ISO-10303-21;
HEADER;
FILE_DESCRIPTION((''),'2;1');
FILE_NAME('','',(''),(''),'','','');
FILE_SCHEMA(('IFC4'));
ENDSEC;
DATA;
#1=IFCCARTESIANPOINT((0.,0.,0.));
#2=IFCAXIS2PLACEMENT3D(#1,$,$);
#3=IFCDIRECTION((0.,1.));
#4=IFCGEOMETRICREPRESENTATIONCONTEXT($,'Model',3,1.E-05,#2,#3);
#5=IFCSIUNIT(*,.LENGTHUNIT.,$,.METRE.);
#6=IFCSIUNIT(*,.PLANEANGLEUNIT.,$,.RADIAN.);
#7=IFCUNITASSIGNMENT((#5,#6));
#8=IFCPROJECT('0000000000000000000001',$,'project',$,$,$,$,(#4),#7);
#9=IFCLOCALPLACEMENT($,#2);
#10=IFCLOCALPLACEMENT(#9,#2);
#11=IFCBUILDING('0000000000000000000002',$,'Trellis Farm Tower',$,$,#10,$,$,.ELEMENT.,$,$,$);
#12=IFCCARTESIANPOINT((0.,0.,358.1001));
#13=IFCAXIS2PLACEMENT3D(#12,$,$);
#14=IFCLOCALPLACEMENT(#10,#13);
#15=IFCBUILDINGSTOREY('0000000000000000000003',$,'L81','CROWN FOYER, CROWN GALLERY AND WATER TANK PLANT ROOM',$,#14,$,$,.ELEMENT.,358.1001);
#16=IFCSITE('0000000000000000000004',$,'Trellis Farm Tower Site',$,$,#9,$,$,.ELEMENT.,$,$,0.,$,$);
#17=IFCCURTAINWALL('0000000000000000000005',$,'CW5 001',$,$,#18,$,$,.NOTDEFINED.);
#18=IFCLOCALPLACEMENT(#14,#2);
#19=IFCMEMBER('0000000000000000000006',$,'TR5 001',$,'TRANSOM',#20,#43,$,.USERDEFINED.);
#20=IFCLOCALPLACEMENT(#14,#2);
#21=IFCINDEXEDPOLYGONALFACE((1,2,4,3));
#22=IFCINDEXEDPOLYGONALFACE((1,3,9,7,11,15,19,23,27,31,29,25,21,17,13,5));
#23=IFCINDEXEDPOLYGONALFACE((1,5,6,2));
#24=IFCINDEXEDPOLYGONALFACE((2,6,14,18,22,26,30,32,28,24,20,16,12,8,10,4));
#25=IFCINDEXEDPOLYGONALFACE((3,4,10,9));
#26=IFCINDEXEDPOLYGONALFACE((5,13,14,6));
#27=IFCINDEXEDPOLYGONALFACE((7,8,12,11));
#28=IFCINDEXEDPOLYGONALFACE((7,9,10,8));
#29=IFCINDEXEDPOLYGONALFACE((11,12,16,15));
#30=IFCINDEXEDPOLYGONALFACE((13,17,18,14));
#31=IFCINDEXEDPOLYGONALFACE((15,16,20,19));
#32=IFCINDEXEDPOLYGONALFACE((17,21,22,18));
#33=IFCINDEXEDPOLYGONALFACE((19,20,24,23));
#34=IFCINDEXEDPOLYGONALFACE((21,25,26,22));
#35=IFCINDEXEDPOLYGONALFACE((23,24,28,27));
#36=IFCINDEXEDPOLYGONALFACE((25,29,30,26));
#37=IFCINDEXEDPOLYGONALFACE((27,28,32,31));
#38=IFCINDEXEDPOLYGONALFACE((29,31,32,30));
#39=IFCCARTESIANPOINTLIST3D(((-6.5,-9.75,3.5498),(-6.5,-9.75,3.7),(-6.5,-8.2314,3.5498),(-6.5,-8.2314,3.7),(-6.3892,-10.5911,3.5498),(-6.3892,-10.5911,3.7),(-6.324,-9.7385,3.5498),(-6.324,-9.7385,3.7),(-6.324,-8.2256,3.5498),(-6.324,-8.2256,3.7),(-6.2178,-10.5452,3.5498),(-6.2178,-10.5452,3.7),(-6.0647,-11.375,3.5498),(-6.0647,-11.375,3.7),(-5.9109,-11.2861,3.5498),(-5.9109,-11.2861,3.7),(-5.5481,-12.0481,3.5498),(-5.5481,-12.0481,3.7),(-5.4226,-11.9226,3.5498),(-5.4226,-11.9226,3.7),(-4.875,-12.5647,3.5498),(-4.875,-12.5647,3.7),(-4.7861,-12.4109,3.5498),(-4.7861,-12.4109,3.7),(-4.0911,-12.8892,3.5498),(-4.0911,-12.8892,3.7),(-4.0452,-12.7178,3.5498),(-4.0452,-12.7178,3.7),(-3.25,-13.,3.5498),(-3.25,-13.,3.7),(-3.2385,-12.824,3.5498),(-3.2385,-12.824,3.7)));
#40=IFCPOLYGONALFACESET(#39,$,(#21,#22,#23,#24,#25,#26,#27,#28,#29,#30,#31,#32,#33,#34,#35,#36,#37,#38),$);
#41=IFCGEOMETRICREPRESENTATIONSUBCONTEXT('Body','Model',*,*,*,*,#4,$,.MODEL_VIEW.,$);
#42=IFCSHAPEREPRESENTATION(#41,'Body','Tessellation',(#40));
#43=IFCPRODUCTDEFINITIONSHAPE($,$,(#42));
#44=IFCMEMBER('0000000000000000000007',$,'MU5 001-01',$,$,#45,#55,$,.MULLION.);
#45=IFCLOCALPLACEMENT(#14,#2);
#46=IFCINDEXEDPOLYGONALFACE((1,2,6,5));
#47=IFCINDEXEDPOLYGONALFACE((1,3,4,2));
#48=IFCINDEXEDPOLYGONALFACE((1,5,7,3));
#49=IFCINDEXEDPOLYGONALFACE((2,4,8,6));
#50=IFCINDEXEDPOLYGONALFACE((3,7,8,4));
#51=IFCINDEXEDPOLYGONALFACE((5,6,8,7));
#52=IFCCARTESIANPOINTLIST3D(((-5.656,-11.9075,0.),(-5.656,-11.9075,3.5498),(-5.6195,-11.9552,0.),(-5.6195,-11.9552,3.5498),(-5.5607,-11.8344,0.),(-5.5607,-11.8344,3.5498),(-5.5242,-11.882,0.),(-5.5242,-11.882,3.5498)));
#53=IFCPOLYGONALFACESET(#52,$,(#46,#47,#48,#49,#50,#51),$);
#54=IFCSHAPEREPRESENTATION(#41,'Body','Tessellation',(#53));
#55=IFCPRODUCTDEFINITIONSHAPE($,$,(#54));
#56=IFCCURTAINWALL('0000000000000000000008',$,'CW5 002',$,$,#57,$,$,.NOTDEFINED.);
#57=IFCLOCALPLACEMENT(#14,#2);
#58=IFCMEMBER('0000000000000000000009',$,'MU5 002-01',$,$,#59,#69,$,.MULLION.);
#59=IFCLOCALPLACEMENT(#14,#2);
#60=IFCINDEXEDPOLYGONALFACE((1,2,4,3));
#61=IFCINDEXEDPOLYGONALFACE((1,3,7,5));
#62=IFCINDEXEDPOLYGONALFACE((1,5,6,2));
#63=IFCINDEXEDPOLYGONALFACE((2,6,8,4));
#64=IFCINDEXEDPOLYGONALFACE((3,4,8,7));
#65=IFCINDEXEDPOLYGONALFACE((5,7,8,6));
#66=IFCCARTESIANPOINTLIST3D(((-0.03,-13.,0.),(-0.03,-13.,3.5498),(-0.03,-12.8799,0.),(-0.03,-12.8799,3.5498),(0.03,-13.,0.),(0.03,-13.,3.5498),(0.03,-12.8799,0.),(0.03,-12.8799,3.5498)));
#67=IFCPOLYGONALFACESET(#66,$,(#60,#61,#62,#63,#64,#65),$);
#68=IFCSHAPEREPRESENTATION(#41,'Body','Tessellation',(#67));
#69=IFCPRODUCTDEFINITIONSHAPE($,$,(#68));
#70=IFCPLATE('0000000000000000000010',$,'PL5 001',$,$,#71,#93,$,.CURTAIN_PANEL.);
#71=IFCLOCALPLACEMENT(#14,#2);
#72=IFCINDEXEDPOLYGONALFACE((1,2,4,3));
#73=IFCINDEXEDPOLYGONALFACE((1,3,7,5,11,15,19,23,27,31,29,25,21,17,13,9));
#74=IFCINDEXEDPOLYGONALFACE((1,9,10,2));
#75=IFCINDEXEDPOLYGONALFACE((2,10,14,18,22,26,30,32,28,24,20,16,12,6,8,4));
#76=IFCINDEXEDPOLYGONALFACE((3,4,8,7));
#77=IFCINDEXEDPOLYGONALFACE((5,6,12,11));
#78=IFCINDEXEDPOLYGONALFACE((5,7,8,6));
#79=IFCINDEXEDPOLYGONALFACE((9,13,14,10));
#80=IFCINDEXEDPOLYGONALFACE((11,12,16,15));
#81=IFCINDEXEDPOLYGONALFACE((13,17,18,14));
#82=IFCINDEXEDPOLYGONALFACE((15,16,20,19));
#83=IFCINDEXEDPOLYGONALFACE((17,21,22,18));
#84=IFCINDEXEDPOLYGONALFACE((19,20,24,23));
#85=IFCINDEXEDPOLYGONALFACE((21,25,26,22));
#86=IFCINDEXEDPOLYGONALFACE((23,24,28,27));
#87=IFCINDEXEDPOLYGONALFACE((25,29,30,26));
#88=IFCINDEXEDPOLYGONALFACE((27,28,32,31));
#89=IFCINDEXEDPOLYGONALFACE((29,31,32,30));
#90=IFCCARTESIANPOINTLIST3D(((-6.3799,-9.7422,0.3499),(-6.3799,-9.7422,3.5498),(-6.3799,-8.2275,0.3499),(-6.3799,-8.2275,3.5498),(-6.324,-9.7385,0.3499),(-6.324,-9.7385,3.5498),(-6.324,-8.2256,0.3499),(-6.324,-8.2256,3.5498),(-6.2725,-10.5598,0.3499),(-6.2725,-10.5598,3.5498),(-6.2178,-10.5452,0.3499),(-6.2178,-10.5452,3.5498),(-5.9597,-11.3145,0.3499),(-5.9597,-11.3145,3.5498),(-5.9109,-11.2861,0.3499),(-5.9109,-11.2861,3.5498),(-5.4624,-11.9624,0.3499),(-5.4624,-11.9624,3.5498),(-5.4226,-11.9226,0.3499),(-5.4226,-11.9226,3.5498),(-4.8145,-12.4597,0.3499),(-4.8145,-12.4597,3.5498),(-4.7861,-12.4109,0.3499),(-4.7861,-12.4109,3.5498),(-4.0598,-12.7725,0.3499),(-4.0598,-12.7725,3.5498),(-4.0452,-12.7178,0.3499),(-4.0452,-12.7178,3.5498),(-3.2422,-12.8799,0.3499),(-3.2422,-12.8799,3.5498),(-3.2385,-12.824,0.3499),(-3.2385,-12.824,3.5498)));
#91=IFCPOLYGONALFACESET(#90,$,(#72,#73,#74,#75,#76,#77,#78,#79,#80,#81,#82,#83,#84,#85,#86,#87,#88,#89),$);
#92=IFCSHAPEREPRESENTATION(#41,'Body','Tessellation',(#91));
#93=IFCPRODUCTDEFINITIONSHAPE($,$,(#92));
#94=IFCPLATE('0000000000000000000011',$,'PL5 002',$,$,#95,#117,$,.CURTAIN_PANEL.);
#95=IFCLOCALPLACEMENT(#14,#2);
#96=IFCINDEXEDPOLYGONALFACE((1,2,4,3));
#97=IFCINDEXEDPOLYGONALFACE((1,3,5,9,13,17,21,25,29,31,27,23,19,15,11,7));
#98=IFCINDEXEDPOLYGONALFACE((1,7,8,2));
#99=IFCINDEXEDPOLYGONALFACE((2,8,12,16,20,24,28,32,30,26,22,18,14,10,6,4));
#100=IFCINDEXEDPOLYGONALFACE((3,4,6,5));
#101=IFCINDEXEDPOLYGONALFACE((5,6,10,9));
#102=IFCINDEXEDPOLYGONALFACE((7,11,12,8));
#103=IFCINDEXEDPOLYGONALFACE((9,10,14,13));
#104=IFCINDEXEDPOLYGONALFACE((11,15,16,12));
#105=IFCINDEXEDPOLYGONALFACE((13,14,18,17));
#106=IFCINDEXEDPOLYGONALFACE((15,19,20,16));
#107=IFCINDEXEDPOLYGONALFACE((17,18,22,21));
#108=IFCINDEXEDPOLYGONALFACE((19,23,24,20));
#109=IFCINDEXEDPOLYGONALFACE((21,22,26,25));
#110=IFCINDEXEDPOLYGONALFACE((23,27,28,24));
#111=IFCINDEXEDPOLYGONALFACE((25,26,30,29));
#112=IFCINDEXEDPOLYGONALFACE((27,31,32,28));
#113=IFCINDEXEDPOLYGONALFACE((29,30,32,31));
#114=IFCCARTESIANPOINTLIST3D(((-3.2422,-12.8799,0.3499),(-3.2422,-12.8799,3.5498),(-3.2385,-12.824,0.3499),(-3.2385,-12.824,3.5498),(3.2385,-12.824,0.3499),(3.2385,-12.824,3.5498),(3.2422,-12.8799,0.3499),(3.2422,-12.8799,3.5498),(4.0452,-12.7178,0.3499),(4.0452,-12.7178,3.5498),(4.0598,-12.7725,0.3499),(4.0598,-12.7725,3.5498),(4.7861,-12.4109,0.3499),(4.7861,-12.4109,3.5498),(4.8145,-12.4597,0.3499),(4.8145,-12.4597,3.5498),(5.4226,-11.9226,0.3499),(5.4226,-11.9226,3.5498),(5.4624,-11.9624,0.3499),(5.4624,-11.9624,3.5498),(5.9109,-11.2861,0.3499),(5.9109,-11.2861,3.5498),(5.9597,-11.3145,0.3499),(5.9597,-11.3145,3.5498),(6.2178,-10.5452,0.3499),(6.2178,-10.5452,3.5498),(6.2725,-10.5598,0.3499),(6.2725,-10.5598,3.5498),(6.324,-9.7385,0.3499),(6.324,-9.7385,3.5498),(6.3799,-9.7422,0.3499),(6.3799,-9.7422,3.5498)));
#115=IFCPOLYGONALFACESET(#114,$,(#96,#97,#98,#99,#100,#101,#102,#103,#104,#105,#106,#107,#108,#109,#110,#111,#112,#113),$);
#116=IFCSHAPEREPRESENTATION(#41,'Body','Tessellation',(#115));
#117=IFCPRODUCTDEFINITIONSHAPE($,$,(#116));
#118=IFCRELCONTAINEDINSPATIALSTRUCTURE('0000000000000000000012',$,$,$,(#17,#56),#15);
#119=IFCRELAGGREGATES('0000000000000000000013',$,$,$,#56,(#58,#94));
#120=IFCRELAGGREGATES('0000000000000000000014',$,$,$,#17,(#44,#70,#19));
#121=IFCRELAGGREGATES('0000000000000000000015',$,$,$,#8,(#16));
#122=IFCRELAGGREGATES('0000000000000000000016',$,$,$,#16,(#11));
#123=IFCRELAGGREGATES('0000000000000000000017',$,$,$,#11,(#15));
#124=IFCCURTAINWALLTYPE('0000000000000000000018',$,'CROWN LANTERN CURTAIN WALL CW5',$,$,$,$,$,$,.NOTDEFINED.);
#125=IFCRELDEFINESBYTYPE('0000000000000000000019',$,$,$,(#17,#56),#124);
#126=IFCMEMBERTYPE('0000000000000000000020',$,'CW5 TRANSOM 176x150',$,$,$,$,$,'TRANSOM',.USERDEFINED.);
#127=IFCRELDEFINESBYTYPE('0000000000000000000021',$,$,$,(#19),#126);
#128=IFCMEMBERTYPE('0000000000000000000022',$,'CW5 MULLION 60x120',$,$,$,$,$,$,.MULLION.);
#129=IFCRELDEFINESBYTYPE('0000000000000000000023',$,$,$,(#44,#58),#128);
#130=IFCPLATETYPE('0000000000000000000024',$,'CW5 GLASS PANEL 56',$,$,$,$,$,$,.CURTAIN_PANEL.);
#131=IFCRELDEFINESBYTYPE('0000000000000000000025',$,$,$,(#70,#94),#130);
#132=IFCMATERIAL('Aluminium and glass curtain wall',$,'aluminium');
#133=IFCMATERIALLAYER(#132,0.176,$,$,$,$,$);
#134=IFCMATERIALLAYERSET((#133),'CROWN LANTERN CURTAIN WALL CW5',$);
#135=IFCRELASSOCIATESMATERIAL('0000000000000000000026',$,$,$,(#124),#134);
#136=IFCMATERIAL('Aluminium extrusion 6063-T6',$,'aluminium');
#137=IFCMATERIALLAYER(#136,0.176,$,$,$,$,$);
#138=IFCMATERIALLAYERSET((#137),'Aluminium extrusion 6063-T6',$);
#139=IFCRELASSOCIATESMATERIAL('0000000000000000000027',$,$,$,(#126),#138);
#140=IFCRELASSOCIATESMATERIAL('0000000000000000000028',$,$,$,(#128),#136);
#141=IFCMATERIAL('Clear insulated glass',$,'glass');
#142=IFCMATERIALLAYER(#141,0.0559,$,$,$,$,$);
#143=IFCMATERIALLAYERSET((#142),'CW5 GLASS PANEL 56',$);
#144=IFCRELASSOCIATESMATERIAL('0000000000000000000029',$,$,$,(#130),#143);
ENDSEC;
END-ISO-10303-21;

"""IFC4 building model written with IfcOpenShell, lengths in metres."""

from ifc_helpers import new_model, si_unit, direction, frame, origin, origin_2d, place, context, subcontext, project, spatial, polyline, rectangle, outline, extrude, source, transform, mapped, material, layer, layer_set, material_profile, profile_set, type_object, element, aggregate, save


model = new_model("IFC4")

# Units and contexts
model_context = context("Model", 3, precision=1e-05, world=origin(), true_north=direction((0.0, 1.0)))
body_context = subcontext(model_context, "Body", "Model", "MODEL_VIEW")
ifc_project = project(units=[si_unit("LENGTHUNIT", "METRE"), si_unit("PLANEANGLEUNIT", "RADIAN")], contexts=[model_context])

# Site, building, storey
site_placement = place(None, origin())
site = spatial("IfcSite", under=ifc_project, at=site_placement, Name="Trellis Farm Tower Site", CompositionType="ELEMENT", RefElevation=0.0)
building_placement = place(site_placement, origin())
building = spatial("IfcBuilding", under=site, at=building_placement, Name="Trellis Farm Tower", CompositionType="ELEMENT")
storey_placement = place(building_placement, frame((0.0, 0.0, 358.1001)))
storey = spatial("IfcBuildingStorey", under=building, at=storey_placement, Name="L81", Description="CROWN FOYER, CROWN GALLERY AND WATER TANK PLANT ROOM", CompositionType="ELEMENT", Elevation=358.1001)

# Curtain wall, members
ifc_material_1 = material(Name="Aluminium and glass curtain wall", Category="aluminium")
ifc_layer_1 = layer(ifc_material_1, 0.176)
ifc_layer_set_1 = layer_set([ifc_layer_1], Name="CROWN LANTERN CURTAIN WALL CW5")
curtain_wall_type = type_object("IfcCurtainWallType", Name="CROWN LANTERN CURTAIN WALL CW5", PredefinedType="NOTDEFINED", material=ifc_layer_set_1)
placement_1 = place(storey_placement, origin())
curtain_wall_1 = element("IfcCurtainWall", 1, at=placement_1, inside=storey, type_object=curtain_wall_type, Name="CW5 001", PredefinedType="NOTDEFINED")
ifc_material_2 = material(Name="Aluminium extrusion 6063-T6", Category="aluminium")
ifc_layer_2 = layer(ifc_material_2, 0.176)
ifc_layer_set_2 = layer_set([ifc_layer_2], Name="Aluminium extrusion 6063-T6")
member_type_1 = type_object("IfcMemberType", Name="CW5 TRANSOM 176x150", ElementType="TRANSOM", PredefinedType="USERDEFINED", material=ifc_layer_set_2)
shared_shape_1 = source(origin(), body_context, "Body", "SweptSolid", [
    extrude(outline(polyline([(-6.5, -8.2314), (-6.5, -9.75), (-6.3892, -10.5911), (-6.0647, -11.375), (-5.5481, -12.0481), (-4.875, -12.5647), (-4.0911, -12.8892), (-3.25, -13.0), (-3.2385, -12.824), (-4.0452, -12.7178), (-4.7861, -12.4109), (-5.4226, -11.9226), (-5.9109, -11.2861), (-6.2178, -10.5452), (-6.324, -9.7385), (-6.324, -8.2256), (-6.5, -8.2314)])), origin(), (0.0, 0.0, 1.0), 0.1501),
])
member_1_placement = place(storey_placement, frame((0.0, 0.0, 3.5498)))
member_1 = element("IfcMember", 2, at=member_1_placement, type_object=member_type_1, Name="TR5 001", ObjectType="TRANSOM", PredefinedType="USERDEFINED", context=body_context, shape_type="MappedRepresentation", body=[
    mapped(shared_shape_1, transform((0.0, 0.0, 0.0))),
])
ifc_material_profile_1 = material_profile(ifc_material_2, rectangle(XDim=0.0601, YDim=0.1201, at=origin_2d()), Name="MULLION 60x120")
ifc_profile_set_1 = profile_set([ifc_material_profile_1], Name="Aluminium extrusion 6063-T6")
member_type_2 = type_object("IfcMemberType", Name="CW5 MULLION 60x120", PredefinedType="MULLION", material=ifc_profile_set_1)
shared_shape_2 = source(origin(), body_context, "Body", "SweptSolid", [
    extrude(rectangle(XDim=0.0601, YDim=0.1201, at=origin_2d()), origin(), (0.0, 0.0, 1.0), 3.5498),
])
member_2_placement = place(storey_placement, frame((-5.5901, -11.8948, 0.0), z_axis=(0.0, 0.0, 1.0), x_axis=(0.608761, -0.793353, 0.0)))
member_2 = element("IfcMember", 3, at=member_2_placement, type_object=member_type_2, Name="MU5 001-01", PredefinedType="MULLION", context=body_context, shape_type="MappedRepresentation", body=[
    mapped(shared_shape_2, transform((0.0, 0.0, 0.0))),
])

# Curtain wall, member
curtain_wall_2 = element("IfcCurtainWall", 4, at=placement_1, inside=storey, type_object=curtain_wall_type, Name="CW5 002", PredefinedType="NOTDEFINED")
member_3_placement = place(storey_placement, frame((0.0, -12.9399, 0.0), z_axis=(0.0, 0.0, 1.0), x_axis=(1.0, 0.0, 0.0)))
member_3 = element("IfcMember", 5, at=member_3_placement, type_object=member_type_2, Name="MU5 002-01", PredefinedType="MULLION", context=body_context, shape_type="MappedRepresentation", body=[
    mapped(shared_shape_2, transform((0.0, 0.0, 0.0))),
])

# Plates
ifc_material_3 = material(Name="Clear insulated glass", Category="glass")
ifc_layer_3 = layer(ifc_material_3, 0.0559)
ifc_layer_set_3 = layer_set([ifc_layer_3], Name="CW5 GLASS PANEL 56")
plate_type_1 = type_object("IfcPlateType", Name="CW5 GLASS PANEL 56", PredefinedType="CURTAIN_PANEL", material=ifc_layer_set_3)
placement_2 = place(storey_placement, frame((0.0, 0.0, 0.3499)))
plate_1 = element("IfcPlate", 6, at=placement_2, type_object=plate_type_1, Name="PL5 001", PredefinedType="CURTAIN_PANEL", context=body_context, shape_type="SweptSolid", body=[
    extrude(outline(polyline([(-6.3799, -8.2275), (-6.3799, -9.7422), (-6.2725, -10.5598), (-5.9597, -11.3145), (-5.4624, -11.9624), (-4.8145, -12.4597), (-4.0598, -12.7725), (-3.2422, -12.8799), (-3.2385, -12.824), (-4.0452, -12.7178), (-4.7861, -12.4109), (-5.4226, -11.9226), (-5.9109, -11.2861), (-6.2178, -10.5452), (-6.324, -9.7385), (-6.324, -8.2256), (-6.3799, -8.2275)])), origin(), (0.0, 0.0, 1.0), 3.2),
])
plate_2 = element("IfcPlate", 7, at=placement_2, type_object=plate_type_1, Name="PL5 002", PredefinedType="CURTAIN_PANEL", context=body_context, shape_type="SweptSolid", body=[
    extrude(outline(polyline([(-3.2422, -12.8799), (3.2422, -12.8799), (4.0598, -12.7725), (4.8145, -12.4597), (5.4624, -11.9624), (5.9597, -11.3145), (6.2725, -10.5598), (6.3799, -9.7422), (6.324, -9.7385), (6.2178, -10.5452), (5.9109, -11.2861), (5.4226, -11.9226), (4.7861, -12.4109), (4.0452, -12.7178), (3.2385, -12.824), (-3.2385, -12.824), (-3.2422, -12.8799)])), origin(), (0.0, 0.0, 1.0), 3.2),
])
aggregate(curtain_wall_2, [member_3, plate_2])

aggregate(curtain_wall_1, [member_2, plate_1, member_1])

save(model, "model.ifc")
